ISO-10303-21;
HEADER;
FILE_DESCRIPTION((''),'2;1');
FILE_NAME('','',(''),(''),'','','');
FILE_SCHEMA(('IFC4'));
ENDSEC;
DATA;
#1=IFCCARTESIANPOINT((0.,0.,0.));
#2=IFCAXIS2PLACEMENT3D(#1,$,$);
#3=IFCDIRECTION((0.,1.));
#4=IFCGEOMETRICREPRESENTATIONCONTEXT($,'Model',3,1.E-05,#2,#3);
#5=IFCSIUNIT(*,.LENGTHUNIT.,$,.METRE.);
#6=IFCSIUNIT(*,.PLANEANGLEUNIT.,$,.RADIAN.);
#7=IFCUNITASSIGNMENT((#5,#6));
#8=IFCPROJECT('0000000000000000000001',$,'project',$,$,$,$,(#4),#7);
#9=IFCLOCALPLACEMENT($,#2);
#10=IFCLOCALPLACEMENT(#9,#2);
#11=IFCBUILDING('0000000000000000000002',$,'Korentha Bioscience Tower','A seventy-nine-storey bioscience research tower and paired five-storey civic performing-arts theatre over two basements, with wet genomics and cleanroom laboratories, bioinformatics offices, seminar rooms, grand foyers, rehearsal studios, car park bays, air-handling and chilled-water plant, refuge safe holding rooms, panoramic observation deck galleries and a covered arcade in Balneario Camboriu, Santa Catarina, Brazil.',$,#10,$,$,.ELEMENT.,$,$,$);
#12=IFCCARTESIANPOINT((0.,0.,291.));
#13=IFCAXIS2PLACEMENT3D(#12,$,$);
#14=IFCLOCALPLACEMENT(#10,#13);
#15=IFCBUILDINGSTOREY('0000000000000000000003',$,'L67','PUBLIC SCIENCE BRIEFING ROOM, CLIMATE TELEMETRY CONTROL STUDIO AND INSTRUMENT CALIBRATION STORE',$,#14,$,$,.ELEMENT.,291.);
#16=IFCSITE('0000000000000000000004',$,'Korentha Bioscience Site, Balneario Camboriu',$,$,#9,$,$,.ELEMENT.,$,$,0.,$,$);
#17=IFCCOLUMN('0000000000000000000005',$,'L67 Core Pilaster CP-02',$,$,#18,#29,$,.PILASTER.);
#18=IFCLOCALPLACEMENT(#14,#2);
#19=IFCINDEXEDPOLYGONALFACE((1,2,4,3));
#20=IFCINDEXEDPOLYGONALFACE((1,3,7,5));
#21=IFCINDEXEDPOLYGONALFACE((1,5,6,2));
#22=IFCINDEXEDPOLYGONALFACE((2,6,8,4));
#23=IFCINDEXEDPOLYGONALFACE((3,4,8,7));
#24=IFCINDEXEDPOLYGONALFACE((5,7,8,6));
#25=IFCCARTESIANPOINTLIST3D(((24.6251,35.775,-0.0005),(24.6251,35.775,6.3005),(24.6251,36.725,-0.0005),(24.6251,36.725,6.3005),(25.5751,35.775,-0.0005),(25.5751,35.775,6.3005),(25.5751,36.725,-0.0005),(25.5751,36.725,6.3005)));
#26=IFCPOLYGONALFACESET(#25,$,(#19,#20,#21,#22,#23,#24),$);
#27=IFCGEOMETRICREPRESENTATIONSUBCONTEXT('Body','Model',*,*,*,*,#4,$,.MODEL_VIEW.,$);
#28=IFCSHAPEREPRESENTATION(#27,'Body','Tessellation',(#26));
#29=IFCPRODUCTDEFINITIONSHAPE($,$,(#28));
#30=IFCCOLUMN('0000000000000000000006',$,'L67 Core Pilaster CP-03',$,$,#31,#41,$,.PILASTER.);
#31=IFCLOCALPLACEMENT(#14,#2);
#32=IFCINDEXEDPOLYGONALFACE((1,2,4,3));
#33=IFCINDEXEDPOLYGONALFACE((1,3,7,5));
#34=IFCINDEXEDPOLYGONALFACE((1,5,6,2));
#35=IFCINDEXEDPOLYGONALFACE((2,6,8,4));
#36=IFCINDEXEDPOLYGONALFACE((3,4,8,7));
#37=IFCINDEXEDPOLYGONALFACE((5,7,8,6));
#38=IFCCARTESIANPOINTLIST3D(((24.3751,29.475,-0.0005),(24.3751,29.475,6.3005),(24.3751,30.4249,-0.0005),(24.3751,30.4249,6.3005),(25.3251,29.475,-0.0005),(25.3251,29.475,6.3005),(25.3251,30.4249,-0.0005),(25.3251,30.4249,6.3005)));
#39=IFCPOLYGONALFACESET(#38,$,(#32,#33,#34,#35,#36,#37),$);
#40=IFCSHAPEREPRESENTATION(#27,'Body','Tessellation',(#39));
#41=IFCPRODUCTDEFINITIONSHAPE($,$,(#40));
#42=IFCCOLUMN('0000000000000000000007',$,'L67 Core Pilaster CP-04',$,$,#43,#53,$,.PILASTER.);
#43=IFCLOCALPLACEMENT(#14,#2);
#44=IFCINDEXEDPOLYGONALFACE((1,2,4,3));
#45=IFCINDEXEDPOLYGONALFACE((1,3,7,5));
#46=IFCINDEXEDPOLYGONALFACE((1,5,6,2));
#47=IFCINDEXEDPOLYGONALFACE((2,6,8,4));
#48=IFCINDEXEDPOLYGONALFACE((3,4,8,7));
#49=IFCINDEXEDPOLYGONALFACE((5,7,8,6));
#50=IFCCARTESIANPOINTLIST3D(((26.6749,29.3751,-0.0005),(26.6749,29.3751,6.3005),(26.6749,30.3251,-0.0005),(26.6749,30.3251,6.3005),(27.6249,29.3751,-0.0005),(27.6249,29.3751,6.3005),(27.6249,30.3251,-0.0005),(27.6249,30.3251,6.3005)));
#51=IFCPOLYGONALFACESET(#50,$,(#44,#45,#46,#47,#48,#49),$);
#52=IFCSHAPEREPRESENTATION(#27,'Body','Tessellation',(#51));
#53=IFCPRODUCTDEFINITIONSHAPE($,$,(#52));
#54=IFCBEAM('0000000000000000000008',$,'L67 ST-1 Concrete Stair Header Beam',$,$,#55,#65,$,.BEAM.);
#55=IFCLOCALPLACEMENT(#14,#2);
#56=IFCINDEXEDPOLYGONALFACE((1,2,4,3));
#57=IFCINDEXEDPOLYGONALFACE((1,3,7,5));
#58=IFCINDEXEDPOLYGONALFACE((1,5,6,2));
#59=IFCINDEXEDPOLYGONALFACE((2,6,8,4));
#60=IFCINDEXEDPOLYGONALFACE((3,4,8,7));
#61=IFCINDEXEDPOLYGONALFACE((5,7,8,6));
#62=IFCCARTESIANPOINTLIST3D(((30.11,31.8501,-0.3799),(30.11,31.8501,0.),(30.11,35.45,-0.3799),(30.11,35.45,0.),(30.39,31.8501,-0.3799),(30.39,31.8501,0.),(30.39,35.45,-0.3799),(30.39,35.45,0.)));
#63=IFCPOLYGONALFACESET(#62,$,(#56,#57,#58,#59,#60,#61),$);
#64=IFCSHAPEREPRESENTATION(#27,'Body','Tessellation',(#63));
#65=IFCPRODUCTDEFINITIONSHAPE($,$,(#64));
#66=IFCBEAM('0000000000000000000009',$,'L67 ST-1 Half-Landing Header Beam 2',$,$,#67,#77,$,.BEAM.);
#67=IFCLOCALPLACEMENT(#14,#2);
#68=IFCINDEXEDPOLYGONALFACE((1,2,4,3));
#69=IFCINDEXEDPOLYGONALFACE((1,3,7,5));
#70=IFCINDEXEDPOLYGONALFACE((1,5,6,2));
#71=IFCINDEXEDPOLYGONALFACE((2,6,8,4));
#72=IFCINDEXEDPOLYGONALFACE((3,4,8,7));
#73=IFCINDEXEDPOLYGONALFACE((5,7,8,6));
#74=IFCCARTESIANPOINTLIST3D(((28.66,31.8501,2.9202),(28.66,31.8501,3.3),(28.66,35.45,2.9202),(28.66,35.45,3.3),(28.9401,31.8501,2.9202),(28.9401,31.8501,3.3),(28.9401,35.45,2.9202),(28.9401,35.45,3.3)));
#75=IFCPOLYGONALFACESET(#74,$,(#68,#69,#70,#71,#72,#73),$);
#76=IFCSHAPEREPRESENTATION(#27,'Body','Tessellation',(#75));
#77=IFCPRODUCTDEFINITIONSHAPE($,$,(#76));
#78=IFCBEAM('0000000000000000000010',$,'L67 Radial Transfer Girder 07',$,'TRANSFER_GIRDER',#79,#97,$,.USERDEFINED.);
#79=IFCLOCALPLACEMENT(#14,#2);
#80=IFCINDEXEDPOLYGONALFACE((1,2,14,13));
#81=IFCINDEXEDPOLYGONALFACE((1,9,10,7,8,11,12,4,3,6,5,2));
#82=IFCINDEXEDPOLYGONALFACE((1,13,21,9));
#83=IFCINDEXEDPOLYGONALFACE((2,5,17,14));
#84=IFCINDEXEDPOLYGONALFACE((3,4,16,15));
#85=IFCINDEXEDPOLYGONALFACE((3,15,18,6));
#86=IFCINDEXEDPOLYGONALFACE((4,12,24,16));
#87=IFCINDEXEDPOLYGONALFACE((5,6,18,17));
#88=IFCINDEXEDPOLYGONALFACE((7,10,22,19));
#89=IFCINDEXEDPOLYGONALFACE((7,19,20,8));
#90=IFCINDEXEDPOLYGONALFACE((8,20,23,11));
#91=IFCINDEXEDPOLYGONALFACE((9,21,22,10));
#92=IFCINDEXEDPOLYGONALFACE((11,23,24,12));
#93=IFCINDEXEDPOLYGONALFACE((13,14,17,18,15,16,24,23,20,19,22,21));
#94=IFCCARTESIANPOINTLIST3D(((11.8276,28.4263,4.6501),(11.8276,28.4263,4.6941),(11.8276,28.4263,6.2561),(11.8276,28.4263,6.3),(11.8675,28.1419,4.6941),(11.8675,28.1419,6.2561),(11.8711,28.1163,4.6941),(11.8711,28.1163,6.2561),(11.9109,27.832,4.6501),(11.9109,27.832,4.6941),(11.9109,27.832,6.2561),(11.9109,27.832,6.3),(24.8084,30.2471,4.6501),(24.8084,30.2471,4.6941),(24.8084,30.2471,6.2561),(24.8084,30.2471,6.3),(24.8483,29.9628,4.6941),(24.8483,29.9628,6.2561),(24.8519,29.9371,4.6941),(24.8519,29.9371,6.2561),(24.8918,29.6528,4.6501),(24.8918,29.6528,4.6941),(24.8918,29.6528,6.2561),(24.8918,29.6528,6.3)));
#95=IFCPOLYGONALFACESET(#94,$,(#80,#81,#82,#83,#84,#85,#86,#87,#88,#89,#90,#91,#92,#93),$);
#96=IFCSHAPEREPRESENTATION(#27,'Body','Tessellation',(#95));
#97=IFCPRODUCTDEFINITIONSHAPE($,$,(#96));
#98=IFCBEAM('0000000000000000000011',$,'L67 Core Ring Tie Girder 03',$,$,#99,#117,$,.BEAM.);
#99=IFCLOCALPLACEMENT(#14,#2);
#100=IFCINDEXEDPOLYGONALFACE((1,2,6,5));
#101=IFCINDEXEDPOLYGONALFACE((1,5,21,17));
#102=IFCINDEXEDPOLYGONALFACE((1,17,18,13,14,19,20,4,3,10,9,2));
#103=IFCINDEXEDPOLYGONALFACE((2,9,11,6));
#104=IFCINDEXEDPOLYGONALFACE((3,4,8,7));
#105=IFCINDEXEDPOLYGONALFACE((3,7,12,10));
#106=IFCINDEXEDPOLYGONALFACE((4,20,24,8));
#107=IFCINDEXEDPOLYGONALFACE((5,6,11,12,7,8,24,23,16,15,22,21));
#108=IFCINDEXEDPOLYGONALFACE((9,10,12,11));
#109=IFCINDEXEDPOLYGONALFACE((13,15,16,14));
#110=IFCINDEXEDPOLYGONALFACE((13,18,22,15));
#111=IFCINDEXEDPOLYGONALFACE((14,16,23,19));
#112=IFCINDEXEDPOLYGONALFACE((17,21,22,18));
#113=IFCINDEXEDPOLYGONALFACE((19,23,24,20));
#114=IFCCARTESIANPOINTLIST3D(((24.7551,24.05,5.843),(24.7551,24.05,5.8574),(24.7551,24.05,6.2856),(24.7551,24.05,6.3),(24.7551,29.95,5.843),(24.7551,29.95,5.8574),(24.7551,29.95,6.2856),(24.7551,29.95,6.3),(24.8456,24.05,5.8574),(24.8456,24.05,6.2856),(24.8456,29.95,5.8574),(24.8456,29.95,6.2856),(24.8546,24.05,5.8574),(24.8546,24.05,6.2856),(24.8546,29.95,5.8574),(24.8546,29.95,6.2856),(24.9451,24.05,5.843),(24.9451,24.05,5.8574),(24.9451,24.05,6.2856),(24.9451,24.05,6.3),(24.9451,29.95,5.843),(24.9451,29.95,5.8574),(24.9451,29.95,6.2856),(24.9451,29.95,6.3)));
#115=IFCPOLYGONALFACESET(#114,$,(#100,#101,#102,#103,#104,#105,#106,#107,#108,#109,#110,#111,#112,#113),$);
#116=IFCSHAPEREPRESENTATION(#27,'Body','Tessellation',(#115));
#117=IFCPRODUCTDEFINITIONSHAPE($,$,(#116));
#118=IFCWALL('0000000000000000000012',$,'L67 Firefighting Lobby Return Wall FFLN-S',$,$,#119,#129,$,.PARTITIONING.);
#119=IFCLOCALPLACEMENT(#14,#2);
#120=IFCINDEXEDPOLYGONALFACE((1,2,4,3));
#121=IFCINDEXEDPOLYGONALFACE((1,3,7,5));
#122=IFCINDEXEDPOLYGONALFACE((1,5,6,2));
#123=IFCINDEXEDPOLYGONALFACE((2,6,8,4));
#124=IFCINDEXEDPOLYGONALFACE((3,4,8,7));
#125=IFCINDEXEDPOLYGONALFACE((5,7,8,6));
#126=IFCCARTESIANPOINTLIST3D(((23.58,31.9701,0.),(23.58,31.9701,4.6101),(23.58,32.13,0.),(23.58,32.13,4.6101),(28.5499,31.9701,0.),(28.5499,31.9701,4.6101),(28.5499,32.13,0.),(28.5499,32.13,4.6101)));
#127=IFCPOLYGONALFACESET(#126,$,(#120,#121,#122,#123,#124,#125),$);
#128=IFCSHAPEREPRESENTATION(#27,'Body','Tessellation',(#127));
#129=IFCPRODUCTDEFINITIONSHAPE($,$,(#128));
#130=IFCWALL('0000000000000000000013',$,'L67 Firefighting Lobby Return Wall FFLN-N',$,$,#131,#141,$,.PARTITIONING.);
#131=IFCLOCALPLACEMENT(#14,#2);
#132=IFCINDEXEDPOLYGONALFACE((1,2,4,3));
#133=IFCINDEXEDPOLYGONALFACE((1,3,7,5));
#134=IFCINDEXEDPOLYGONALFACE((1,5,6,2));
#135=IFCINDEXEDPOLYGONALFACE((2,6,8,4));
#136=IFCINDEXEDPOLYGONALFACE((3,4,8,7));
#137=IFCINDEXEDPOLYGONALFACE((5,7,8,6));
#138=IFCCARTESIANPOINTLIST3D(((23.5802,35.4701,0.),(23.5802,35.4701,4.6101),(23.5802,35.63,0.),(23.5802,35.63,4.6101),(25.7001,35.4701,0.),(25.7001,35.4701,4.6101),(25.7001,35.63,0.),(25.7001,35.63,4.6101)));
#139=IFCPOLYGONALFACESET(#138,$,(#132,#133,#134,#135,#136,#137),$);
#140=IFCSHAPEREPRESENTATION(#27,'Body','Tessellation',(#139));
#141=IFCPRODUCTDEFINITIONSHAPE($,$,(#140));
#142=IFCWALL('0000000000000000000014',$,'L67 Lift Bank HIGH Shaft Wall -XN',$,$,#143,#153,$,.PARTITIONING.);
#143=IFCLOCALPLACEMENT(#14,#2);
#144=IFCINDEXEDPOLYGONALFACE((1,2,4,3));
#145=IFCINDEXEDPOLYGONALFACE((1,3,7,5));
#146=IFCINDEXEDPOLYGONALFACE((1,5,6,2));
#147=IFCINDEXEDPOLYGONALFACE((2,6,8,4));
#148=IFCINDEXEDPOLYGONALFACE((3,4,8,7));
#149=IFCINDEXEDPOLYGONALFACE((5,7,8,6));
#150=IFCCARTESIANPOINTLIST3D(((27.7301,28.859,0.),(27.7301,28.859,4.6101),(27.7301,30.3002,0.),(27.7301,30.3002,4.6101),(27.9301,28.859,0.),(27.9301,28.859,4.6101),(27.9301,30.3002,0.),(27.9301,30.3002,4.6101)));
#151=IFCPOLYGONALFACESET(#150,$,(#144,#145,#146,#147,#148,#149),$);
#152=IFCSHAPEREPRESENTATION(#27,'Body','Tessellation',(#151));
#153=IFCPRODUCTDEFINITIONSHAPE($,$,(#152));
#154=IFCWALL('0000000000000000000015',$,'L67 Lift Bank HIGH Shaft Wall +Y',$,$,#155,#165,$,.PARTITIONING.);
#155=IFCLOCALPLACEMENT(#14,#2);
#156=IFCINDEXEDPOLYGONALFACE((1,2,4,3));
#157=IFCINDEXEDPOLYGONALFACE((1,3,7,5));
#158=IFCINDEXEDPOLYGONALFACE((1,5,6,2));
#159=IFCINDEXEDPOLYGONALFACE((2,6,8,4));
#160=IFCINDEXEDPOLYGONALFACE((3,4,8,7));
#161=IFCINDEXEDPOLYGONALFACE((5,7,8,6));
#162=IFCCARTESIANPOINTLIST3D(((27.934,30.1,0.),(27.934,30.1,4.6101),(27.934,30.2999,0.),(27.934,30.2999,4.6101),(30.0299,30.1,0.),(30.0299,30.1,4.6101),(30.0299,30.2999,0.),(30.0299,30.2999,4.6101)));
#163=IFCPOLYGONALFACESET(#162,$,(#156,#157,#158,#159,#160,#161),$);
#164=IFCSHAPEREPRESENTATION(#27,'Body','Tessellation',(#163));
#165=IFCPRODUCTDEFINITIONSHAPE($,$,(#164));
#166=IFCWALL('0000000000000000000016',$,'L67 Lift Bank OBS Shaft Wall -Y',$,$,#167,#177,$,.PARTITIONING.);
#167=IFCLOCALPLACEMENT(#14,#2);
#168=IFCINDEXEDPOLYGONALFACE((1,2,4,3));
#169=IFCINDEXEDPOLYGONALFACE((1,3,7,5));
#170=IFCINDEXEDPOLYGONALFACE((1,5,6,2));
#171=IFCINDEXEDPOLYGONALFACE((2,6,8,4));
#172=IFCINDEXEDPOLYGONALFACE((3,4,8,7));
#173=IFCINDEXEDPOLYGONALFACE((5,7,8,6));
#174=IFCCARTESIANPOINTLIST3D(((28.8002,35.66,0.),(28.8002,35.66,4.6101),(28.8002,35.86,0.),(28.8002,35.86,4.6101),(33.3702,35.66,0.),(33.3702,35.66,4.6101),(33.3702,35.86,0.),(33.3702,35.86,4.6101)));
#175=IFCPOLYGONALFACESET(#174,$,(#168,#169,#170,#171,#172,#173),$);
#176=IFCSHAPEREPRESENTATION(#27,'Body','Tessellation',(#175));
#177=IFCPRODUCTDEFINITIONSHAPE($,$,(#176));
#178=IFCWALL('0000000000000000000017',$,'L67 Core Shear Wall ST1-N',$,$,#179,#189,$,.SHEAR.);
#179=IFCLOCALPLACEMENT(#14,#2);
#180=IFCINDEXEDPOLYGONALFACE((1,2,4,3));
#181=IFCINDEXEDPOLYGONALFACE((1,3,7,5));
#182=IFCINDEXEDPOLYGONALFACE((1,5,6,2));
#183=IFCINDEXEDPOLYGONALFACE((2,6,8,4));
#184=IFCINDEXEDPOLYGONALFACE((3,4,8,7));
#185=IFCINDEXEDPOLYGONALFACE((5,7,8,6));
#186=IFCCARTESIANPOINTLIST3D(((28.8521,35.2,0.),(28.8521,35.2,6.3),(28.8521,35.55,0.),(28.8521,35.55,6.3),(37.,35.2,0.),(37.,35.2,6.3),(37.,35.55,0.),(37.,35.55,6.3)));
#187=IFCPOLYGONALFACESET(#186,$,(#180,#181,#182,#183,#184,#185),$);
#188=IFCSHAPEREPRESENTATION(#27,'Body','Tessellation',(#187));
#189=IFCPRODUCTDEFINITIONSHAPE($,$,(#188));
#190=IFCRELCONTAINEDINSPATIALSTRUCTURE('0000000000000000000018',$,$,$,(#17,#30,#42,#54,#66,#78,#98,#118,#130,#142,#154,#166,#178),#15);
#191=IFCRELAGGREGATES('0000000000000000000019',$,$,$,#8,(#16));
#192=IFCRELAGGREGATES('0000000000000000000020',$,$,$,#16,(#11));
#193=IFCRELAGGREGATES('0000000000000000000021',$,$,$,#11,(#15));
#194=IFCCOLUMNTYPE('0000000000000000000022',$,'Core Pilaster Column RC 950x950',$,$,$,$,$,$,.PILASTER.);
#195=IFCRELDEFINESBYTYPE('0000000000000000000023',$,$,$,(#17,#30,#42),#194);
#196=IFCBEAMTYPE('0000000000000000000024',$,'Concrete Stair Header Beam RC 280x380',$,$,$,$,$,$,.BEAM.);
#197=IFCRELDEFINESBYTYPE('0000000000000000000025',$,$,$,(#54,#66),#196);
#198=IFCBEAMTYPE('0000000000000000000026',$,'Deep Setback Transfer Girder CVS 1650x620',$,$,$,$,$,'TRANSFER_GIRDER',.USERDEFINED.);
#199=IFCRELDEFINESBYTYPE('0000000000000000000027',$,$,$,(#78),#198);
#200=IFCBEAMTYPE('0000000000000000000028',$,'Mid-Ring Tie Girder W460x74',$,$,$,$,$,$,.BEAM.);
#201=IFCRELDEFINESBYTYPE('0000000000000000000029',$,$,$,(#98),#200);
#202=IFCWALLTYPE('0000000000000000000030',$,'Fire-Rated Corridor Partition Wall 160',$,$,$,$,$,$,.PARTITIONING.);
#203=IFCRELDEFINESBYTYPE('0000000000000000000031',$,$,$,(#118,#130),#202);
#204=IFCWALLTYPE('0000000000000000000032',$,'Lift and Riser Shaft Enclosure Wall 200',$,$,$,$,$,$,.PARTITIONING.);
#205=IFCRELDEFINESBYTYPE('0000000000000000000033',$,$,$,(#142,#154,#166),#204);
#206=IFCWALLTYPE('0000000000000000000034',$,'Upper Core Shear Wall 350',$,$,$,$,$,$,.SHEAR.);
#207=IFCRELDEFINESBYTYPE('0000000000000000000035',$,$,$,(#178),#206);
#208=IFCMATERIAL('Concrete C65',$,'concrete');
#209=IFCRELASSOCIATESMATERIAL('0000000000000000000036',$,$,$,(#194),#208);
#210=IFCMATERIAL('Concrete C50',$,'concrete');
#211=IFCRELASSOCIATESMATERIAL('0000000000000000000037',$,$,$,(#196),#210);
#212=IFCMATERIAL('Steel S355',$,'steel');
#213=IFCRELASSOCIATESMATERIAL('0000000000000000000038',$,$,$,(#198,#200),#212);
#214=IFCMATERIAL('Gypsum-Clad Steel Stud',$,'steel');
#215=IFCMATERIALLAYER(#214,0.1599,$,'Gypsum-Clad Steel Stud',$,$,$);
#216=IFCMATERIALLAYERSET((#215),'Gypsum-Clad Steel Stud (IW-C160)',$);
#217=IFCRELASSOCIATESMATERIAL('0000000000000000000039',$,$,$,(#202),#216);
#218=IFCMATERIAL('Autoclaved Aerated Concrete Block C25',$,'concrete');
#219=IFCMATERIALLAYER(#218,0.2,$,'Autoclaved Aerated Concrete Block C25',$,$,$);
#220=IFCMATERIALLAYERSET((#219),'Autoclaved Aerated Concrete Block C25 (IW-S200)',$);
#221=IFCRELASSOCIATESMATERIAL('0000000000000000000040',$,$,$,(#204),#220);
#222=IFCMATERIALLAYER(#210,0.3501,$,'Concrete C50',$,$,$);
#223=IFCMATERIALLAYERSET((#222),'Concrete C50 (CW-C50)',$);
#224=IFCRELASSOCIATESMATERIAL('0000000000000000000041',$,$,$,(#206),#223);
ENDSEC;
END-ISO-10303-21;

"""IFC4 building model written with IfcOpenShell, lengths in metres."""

from ifc_helpers import new_model, si_unit, direction, frame, frame_2d, origin, origin_2d, place, context, subcontext, project, spatial, rectangle, i_section, extrude, material, layer, layer_set, material_profile, profile_set, type_object, element, save


model = new_model("IFC4")

# Units and contexts
model_context = context("Model", 3, precision=1e-05, world=origin(), true_north=direction((0.0, 1.0)))
body_context = subcontext(model_context, "Body", "Model", "MODEL_VIEW")
ifc_project = project(units=[si_unit("LENGTHUNIT", "METRE"), si_unit("PLANEANGLEUNIT", "RADIAN")], contexts=[model_context])

# Site, building, storey
site_placement = place(None, origin())
site = spatial("IfcSite", under=ifc_project, at=site_placement, Name="Korentha Bioscience Site, Balneario Camboriu", CompositionType="ELEMENT", RefElevation=0.0)
building_placement = place(site_placement, origin())
building = spatial("IfcBuilding", under=site, at=building_placement, Name="Korentha Bioscience Tower", Description="A seventy-nine-storey bioscience research tower and paired five-storey civic performing-arts theatre over two basements, with wet genomics and cleanroom laboratories, bioinformatics offices, seminar rooms, grand foyers, rehearsal studios, car park bays, air-handling and chilled-water plant, refuge safe holding rooms, panoramic observation deck galleries and a covered arcade in Balneario Camboriu, Santa Catarina, Brazil.", CompositionType="ELEMENT")
storey_placement = place(building_placement, frame((0.0, 0.0, 291.0)))
storey = spatial("IfcBuildingStorey", under=building, at=storey_placement, Name="L67", Description="PUBLIC SCIENCE BRIEFING ROOM, CLIMATE TELEMETRY CONTROL STUDIO AND INSTRUMENT CALIBRATION STORE", CompositionType="ELEMENT", Elevation=291.0)

# Columns
ifc_material_1 = material(Name="Concrete C65", Category="concrete")
ifc_material_profile_1 = material_profile(ifc_material_1, rectangle(XDim=0.95, YDim=0.95, at=origin_2d()), Name="Concrete C65")
ifc_profile_set_1 = profile_set([ifc_material_profile_1], Name="Concrete C65 (COL-CP09)")
column_type = type_object("IfcColumnType", Name="Core Pilaster Column RC 950x950", PredefinedType="PILASTER", material=ifc_profile_set_1)
for number, where, z_axis, x_axis, name in (
    (1, (25.1001, 36.25, -0.0005), (0.0, 0.0, 1.0), (1.0, 0.0, 0.0), "L67 Core Pilaster CP-02"),
    (2, (24.8501, 29.95, -0.0005), (0.0, 0.0, 1.0), (1.0, 0.0, 0.0), "L67 Core Pilaster CP-03"),
    (3, (27.1499, 29.8501, -0.0005), (0.0, 0.0, 1.0), (1.0, 0.0, 0.0), "L67 Core Pilaster CP-04"),
):
    element("IfcColumn", number, at=place(storey_placement, frame(where, z_axis=z_axis, x_axis=x_axis)), inside=storey, type_object=column_type, Name=name, PredefinedType="PILASTER", context=body_context, shape_type="SweptSolid", body=[
        extrude(rectangle(XDim=0.95, YDim=0.95, at=origin_2d()), origin(), (0.0, 0.0, 1.0), 6.301),
    ])

# Beams
ifc_material_2 = material(Name="Concrete C50", Category="concrete")
ifc_material_profile_2 = material_profile(ifc_material_2, rectangle(XDim=0.28, YDim=0.3799, at=origin_2d()), Name="Concrete C50")
ifc_profile_set_2 = profile_set([ifc_material_profile_2], Name="Concrete C50 (ST-HB380)")
beam_type_1 = type_object("IfcBeamType", Name="Concrete Stair Header Beam RC 280x380", PredefinedType="BEAM", material=ifc_profile_set_2)
for number, where, z_axis, x_axis, name in (
    (4, (30.25, 31.8501, -0.1899), (0.0, 1.0, 0.0), (-1.0, 0.0, 0.0), "L67 ST-1 Concrete Stair Header Beam"),
    (5, (28.8, 31.8501, 3.1101), (0.0, 1.0, 0.0), (-1.0, 0.0, 0.0), "L67 ST-1 Half-Landing Header Beam 2"),
):
    element("IfcBeam", number, at=place(storey_placement, frame(where, z_axis=z_axis, x_axis=x_axis)), inside=storey, type_object=beam_type_1, Name=name, PredefinedType="BEAM", context=body_context, shape_type="SweptSolid", body=[
        extrude(rectangle(XDim=0.28, YDim=0.3799, at=origin_2d()), origin(), (0.0, 0.0, 1.0), 3.5999),
    ])
ifc_material_3 = material(Name="Steel S355", Category="steel")
ifc_material_profile_3 = material_profile(ifc_material_3, i_section(OverallWidth=0.6001, OverallDepth=1.6499, WebThickness=0.0259, FlangeThickness=0.0439, at=origin_2d()), Name="Steel S355")
ifc_profile_set_3 = profile_set([ifc_material_profile_3], Name="Steel S355 (TG-04)")
beam_type_2 = type_object("IfcBeamType", Name="Deep Setback Transfer Girder CVS 1650x620", ElementType="TRANSFER_GIRDER", PredefinedType="USERDEFINED", material=ifc_profile_set_3)
beam_1_placement = place(storey_placement, frame((24.8501, 29.95, 5.4751), z_axis=(-0.990305, -0.13891, 0.0), x_axis=(0.13891, -0.990305, 0.0)))
element("IfcBeam", 6, at=beam_1_placement, inside=storey, type_object=beam_type_2, Name="L67 Radial Transfer Girder 07", ObjectType="TRANSFER_GIRDER", PredefinedType="USERDEFINED", context=body_context, shape_type="SweptSolid", body=[
    extrude(i_section(OverallWidth=0.6001, OverallDepth=1.6499, WebThickness=0.0259, FlangeThickness=0.0439, at=origin_2d()), origin(), (0.0, 0.0, 1.0), 13.1079),
])
ifc_material_profile_4 = material_profile(ifc_material_3, i_section(OverallWidth=0.1899, OverallDepth=0.457, WebThickness=0.009, FlangeThickness=0.0144, at=origin_2d()), Name="Steel S355")
ifc_profile_set_4 = profile_set([ifc_material_profile_4], Name="Steel S355 (MB-460)")
beam_type_3 = type_object("IfcBeamType", Name="Mid-Ring Tie Girder W460x74", PredefinedType="BEAM", material=ifc_profile_set_4)
beam_2_placement = place(storey_placement, frame((24.8501, 29.95, 6.0715), z_axis=(0.0, -1.0, 0.0), x_axis=(1.0, 0.0, 0.0)))
element("IfcBeam", 7, at=beam_2_placement, inside=storey, type_object=beam_type_3, Name="L67 Core Ring Tie Girder 03", PredefinedType="BEAM", context=body_context, shape_type="SweptSolid", body=[
    extrude(i_section(OverallWidth=0.1899, OverallDepth=0.457, WebThickness=0.009, FlangeThickness=0.0144, at=origin_2d()), origin(), (0.0, 0.0, 1.0), 5.8999),
])

# Shared definitions
ifc_material_4 = material(Name="Gypsum-Clad Steel Stud", Category="steel")
ifc_layer_1 = layer(ifc_material_4, 0.1599, Name="Gypsum-Clad Steel Stud")
ifc_layer_set_1 = layer_set([ifc_layer_1], Name="Gypsum-Clad Steel Stud (IW-C160)")
wall_type_1 = type_object("IfcWallType", Name="Fire-Rated Corridor Partition Wall 160", PredefinedType="PARTITIONING", material=ifc_layer_set_1)

# Walls
wall_1_placement = place(storey_placement, frame((23.5801, 32.05, 0.0), z_axis=(0.0, 0.0, 1.0), x_axis=(1.0, 0.0, 0.0)))
element("IfcWall", 8, at=wall_1_placement, inside=storey, type_object=wall_type_1, Name="L67 Firefighting Lobby Return Wall FFLN-S", PredefinedType="PARTITIONING", context=body_context, shape_type="SweptSolid", body=[
    extrude(rectangle(XDim=4.97, YDim=0.1599, at=frame_2d((2.4849, 0.0))), origin(), (0.0, 0.0, 1.0), 4.6101),
])
wall_2_placement = place(storey_placement, frame((23.5801, 35.55, 0.0), z_axis=(0.0, 0.0, 1.0), x_axis=(1.0, 0.0, 0.0)))
element("IfcWall", 9, at=wall_2_placement, inside=storey, type_object=wall_type_1, Name="L67 Firefighting Lobby Return Wall FFLN-N", PredefinedType="PARTITIONING", context=body_context, shape_type="SweptSolid", body=[
    extrude(rectangle(XDim=2.1199, YDim=0.1599, at=frame_2d((1.0601, 0.0))), origin(), (0.0, 0.0, 1.0), 4.6101),
])
ifc_material_5 = material(Name="Autoclaved Aerated Concrete Block C25", Category="concrete")
ifc_layer_2 = layer(ifc_material_5, 0.2, Name="Autoclaved Aerated Concrete Block C25")
ifc_layer_set_2 = layer_set([ifc_layer_2], Name="Autoclaved Aerated Concrete Block C25 (IW-S200)")
wall_type_2 = type_object("IfcWallType", Name="Lift and Riser Shaft Enclosure Wall 200", PredefinedType="PARTITIONING", material=ifc_layer_set_2)
wall_3_placement = place(storey_placement, frame((27.8301, 28.8589, 0.0), z_axis=(0.0, 0.0, 1.0), x_axis=(0.0, 1.0, 0.0)))
element("IfcWall", 10, at=wall_3_placement, inside=storey, type_object=wall_type_2, Name="L67 Lift Bank HIGH Shaft Wall -XN", PredefinedType="PARTITIONING", context=body_context, shape_type="SweptSolid", body=[
    extrude(rectangle(XDim=1.4412, YDim=0.2, at=frame_2d((0.7207, 0.0))), origin(), (0.0, 0.0, 1.0), 4.6101),
])
wall_4_placement = place(storey_placement, frame((27.9341, 30.2, 0.0), z_axis=(0.0, 0.0, 1.0), x_axis=(1.0, 0.0, 0.0)))
element("IfcWall", 11, at=wall_4_placement, inside=storey, type_object=wall_type_2, Name="L67 Lift Bank HIGH Shaft Wall +Y", PredefinedType="PARTITIONING", context=body_context, shape_type="SweptSolid", body=[
    extrude(rectangle(XDim=2.0959, YDim=0.2, at=frame_2d((1.0479, 0.0))), origin(), (0.0, 0.0, 1.0), 4.6101),
])
wall_5_placement = place(storey_placement, frame((28.8, 35.76, 0.0), z_axis=(0.0, 0.0, 1.0), x_axis=(1.0, 0.0, 0.0)))
element("IfcWall", 12, at=wall_5_placement, inside=storey, type_object=wall_type_2, Name="L67 Lift Bank OBS Shaft Wall -Y", PredefinedType="PARTITIONING", context=body_context, shape_type="SweptSolid", body=[
    extrude(rectangle(XDim=4.5701, YDim=0.2, at=frame_2d((2.2852, 0.0))), origin(), (0.0, 0.0, 1.0), 4.6101),
])
ifc_layer_3 = layer(ifc_material_2, 0.3501, Name="Concrete C50")
ifc_layer_set_3 = layer_set([ifc_layer_3], Name="Concrete C50 (CW-C50)")
wall_type_3 = type_object("IfcWallType", Name="Upper Core Shear Wall 350", PredefinedType="SHEAR", material=ifc_layer_set_3)
wall_6_placement = place(storey_placement, frame((28.8521, 35.375, 0.0), z_axis=(0.0, 0.0, 1.0), x_axis=(1.0, 0.0, 0.0)))
element("IfcWall", 13, at=wall_6_placement, inside=storey, type_object=wall_type_3, Name="L67 Core Shear Wall ST1-N", PredefinedType="SHEAR", context=body_context, shape_type="SweptSolid", body=[
    extrude(rectangle(XDim=8.1479, YDim=0.3501, at=frame_2d((4.074, 0.0))), origin(), (0.0, 0.0, 1.0), 6.3),
])

save(model, "model.ifc")
